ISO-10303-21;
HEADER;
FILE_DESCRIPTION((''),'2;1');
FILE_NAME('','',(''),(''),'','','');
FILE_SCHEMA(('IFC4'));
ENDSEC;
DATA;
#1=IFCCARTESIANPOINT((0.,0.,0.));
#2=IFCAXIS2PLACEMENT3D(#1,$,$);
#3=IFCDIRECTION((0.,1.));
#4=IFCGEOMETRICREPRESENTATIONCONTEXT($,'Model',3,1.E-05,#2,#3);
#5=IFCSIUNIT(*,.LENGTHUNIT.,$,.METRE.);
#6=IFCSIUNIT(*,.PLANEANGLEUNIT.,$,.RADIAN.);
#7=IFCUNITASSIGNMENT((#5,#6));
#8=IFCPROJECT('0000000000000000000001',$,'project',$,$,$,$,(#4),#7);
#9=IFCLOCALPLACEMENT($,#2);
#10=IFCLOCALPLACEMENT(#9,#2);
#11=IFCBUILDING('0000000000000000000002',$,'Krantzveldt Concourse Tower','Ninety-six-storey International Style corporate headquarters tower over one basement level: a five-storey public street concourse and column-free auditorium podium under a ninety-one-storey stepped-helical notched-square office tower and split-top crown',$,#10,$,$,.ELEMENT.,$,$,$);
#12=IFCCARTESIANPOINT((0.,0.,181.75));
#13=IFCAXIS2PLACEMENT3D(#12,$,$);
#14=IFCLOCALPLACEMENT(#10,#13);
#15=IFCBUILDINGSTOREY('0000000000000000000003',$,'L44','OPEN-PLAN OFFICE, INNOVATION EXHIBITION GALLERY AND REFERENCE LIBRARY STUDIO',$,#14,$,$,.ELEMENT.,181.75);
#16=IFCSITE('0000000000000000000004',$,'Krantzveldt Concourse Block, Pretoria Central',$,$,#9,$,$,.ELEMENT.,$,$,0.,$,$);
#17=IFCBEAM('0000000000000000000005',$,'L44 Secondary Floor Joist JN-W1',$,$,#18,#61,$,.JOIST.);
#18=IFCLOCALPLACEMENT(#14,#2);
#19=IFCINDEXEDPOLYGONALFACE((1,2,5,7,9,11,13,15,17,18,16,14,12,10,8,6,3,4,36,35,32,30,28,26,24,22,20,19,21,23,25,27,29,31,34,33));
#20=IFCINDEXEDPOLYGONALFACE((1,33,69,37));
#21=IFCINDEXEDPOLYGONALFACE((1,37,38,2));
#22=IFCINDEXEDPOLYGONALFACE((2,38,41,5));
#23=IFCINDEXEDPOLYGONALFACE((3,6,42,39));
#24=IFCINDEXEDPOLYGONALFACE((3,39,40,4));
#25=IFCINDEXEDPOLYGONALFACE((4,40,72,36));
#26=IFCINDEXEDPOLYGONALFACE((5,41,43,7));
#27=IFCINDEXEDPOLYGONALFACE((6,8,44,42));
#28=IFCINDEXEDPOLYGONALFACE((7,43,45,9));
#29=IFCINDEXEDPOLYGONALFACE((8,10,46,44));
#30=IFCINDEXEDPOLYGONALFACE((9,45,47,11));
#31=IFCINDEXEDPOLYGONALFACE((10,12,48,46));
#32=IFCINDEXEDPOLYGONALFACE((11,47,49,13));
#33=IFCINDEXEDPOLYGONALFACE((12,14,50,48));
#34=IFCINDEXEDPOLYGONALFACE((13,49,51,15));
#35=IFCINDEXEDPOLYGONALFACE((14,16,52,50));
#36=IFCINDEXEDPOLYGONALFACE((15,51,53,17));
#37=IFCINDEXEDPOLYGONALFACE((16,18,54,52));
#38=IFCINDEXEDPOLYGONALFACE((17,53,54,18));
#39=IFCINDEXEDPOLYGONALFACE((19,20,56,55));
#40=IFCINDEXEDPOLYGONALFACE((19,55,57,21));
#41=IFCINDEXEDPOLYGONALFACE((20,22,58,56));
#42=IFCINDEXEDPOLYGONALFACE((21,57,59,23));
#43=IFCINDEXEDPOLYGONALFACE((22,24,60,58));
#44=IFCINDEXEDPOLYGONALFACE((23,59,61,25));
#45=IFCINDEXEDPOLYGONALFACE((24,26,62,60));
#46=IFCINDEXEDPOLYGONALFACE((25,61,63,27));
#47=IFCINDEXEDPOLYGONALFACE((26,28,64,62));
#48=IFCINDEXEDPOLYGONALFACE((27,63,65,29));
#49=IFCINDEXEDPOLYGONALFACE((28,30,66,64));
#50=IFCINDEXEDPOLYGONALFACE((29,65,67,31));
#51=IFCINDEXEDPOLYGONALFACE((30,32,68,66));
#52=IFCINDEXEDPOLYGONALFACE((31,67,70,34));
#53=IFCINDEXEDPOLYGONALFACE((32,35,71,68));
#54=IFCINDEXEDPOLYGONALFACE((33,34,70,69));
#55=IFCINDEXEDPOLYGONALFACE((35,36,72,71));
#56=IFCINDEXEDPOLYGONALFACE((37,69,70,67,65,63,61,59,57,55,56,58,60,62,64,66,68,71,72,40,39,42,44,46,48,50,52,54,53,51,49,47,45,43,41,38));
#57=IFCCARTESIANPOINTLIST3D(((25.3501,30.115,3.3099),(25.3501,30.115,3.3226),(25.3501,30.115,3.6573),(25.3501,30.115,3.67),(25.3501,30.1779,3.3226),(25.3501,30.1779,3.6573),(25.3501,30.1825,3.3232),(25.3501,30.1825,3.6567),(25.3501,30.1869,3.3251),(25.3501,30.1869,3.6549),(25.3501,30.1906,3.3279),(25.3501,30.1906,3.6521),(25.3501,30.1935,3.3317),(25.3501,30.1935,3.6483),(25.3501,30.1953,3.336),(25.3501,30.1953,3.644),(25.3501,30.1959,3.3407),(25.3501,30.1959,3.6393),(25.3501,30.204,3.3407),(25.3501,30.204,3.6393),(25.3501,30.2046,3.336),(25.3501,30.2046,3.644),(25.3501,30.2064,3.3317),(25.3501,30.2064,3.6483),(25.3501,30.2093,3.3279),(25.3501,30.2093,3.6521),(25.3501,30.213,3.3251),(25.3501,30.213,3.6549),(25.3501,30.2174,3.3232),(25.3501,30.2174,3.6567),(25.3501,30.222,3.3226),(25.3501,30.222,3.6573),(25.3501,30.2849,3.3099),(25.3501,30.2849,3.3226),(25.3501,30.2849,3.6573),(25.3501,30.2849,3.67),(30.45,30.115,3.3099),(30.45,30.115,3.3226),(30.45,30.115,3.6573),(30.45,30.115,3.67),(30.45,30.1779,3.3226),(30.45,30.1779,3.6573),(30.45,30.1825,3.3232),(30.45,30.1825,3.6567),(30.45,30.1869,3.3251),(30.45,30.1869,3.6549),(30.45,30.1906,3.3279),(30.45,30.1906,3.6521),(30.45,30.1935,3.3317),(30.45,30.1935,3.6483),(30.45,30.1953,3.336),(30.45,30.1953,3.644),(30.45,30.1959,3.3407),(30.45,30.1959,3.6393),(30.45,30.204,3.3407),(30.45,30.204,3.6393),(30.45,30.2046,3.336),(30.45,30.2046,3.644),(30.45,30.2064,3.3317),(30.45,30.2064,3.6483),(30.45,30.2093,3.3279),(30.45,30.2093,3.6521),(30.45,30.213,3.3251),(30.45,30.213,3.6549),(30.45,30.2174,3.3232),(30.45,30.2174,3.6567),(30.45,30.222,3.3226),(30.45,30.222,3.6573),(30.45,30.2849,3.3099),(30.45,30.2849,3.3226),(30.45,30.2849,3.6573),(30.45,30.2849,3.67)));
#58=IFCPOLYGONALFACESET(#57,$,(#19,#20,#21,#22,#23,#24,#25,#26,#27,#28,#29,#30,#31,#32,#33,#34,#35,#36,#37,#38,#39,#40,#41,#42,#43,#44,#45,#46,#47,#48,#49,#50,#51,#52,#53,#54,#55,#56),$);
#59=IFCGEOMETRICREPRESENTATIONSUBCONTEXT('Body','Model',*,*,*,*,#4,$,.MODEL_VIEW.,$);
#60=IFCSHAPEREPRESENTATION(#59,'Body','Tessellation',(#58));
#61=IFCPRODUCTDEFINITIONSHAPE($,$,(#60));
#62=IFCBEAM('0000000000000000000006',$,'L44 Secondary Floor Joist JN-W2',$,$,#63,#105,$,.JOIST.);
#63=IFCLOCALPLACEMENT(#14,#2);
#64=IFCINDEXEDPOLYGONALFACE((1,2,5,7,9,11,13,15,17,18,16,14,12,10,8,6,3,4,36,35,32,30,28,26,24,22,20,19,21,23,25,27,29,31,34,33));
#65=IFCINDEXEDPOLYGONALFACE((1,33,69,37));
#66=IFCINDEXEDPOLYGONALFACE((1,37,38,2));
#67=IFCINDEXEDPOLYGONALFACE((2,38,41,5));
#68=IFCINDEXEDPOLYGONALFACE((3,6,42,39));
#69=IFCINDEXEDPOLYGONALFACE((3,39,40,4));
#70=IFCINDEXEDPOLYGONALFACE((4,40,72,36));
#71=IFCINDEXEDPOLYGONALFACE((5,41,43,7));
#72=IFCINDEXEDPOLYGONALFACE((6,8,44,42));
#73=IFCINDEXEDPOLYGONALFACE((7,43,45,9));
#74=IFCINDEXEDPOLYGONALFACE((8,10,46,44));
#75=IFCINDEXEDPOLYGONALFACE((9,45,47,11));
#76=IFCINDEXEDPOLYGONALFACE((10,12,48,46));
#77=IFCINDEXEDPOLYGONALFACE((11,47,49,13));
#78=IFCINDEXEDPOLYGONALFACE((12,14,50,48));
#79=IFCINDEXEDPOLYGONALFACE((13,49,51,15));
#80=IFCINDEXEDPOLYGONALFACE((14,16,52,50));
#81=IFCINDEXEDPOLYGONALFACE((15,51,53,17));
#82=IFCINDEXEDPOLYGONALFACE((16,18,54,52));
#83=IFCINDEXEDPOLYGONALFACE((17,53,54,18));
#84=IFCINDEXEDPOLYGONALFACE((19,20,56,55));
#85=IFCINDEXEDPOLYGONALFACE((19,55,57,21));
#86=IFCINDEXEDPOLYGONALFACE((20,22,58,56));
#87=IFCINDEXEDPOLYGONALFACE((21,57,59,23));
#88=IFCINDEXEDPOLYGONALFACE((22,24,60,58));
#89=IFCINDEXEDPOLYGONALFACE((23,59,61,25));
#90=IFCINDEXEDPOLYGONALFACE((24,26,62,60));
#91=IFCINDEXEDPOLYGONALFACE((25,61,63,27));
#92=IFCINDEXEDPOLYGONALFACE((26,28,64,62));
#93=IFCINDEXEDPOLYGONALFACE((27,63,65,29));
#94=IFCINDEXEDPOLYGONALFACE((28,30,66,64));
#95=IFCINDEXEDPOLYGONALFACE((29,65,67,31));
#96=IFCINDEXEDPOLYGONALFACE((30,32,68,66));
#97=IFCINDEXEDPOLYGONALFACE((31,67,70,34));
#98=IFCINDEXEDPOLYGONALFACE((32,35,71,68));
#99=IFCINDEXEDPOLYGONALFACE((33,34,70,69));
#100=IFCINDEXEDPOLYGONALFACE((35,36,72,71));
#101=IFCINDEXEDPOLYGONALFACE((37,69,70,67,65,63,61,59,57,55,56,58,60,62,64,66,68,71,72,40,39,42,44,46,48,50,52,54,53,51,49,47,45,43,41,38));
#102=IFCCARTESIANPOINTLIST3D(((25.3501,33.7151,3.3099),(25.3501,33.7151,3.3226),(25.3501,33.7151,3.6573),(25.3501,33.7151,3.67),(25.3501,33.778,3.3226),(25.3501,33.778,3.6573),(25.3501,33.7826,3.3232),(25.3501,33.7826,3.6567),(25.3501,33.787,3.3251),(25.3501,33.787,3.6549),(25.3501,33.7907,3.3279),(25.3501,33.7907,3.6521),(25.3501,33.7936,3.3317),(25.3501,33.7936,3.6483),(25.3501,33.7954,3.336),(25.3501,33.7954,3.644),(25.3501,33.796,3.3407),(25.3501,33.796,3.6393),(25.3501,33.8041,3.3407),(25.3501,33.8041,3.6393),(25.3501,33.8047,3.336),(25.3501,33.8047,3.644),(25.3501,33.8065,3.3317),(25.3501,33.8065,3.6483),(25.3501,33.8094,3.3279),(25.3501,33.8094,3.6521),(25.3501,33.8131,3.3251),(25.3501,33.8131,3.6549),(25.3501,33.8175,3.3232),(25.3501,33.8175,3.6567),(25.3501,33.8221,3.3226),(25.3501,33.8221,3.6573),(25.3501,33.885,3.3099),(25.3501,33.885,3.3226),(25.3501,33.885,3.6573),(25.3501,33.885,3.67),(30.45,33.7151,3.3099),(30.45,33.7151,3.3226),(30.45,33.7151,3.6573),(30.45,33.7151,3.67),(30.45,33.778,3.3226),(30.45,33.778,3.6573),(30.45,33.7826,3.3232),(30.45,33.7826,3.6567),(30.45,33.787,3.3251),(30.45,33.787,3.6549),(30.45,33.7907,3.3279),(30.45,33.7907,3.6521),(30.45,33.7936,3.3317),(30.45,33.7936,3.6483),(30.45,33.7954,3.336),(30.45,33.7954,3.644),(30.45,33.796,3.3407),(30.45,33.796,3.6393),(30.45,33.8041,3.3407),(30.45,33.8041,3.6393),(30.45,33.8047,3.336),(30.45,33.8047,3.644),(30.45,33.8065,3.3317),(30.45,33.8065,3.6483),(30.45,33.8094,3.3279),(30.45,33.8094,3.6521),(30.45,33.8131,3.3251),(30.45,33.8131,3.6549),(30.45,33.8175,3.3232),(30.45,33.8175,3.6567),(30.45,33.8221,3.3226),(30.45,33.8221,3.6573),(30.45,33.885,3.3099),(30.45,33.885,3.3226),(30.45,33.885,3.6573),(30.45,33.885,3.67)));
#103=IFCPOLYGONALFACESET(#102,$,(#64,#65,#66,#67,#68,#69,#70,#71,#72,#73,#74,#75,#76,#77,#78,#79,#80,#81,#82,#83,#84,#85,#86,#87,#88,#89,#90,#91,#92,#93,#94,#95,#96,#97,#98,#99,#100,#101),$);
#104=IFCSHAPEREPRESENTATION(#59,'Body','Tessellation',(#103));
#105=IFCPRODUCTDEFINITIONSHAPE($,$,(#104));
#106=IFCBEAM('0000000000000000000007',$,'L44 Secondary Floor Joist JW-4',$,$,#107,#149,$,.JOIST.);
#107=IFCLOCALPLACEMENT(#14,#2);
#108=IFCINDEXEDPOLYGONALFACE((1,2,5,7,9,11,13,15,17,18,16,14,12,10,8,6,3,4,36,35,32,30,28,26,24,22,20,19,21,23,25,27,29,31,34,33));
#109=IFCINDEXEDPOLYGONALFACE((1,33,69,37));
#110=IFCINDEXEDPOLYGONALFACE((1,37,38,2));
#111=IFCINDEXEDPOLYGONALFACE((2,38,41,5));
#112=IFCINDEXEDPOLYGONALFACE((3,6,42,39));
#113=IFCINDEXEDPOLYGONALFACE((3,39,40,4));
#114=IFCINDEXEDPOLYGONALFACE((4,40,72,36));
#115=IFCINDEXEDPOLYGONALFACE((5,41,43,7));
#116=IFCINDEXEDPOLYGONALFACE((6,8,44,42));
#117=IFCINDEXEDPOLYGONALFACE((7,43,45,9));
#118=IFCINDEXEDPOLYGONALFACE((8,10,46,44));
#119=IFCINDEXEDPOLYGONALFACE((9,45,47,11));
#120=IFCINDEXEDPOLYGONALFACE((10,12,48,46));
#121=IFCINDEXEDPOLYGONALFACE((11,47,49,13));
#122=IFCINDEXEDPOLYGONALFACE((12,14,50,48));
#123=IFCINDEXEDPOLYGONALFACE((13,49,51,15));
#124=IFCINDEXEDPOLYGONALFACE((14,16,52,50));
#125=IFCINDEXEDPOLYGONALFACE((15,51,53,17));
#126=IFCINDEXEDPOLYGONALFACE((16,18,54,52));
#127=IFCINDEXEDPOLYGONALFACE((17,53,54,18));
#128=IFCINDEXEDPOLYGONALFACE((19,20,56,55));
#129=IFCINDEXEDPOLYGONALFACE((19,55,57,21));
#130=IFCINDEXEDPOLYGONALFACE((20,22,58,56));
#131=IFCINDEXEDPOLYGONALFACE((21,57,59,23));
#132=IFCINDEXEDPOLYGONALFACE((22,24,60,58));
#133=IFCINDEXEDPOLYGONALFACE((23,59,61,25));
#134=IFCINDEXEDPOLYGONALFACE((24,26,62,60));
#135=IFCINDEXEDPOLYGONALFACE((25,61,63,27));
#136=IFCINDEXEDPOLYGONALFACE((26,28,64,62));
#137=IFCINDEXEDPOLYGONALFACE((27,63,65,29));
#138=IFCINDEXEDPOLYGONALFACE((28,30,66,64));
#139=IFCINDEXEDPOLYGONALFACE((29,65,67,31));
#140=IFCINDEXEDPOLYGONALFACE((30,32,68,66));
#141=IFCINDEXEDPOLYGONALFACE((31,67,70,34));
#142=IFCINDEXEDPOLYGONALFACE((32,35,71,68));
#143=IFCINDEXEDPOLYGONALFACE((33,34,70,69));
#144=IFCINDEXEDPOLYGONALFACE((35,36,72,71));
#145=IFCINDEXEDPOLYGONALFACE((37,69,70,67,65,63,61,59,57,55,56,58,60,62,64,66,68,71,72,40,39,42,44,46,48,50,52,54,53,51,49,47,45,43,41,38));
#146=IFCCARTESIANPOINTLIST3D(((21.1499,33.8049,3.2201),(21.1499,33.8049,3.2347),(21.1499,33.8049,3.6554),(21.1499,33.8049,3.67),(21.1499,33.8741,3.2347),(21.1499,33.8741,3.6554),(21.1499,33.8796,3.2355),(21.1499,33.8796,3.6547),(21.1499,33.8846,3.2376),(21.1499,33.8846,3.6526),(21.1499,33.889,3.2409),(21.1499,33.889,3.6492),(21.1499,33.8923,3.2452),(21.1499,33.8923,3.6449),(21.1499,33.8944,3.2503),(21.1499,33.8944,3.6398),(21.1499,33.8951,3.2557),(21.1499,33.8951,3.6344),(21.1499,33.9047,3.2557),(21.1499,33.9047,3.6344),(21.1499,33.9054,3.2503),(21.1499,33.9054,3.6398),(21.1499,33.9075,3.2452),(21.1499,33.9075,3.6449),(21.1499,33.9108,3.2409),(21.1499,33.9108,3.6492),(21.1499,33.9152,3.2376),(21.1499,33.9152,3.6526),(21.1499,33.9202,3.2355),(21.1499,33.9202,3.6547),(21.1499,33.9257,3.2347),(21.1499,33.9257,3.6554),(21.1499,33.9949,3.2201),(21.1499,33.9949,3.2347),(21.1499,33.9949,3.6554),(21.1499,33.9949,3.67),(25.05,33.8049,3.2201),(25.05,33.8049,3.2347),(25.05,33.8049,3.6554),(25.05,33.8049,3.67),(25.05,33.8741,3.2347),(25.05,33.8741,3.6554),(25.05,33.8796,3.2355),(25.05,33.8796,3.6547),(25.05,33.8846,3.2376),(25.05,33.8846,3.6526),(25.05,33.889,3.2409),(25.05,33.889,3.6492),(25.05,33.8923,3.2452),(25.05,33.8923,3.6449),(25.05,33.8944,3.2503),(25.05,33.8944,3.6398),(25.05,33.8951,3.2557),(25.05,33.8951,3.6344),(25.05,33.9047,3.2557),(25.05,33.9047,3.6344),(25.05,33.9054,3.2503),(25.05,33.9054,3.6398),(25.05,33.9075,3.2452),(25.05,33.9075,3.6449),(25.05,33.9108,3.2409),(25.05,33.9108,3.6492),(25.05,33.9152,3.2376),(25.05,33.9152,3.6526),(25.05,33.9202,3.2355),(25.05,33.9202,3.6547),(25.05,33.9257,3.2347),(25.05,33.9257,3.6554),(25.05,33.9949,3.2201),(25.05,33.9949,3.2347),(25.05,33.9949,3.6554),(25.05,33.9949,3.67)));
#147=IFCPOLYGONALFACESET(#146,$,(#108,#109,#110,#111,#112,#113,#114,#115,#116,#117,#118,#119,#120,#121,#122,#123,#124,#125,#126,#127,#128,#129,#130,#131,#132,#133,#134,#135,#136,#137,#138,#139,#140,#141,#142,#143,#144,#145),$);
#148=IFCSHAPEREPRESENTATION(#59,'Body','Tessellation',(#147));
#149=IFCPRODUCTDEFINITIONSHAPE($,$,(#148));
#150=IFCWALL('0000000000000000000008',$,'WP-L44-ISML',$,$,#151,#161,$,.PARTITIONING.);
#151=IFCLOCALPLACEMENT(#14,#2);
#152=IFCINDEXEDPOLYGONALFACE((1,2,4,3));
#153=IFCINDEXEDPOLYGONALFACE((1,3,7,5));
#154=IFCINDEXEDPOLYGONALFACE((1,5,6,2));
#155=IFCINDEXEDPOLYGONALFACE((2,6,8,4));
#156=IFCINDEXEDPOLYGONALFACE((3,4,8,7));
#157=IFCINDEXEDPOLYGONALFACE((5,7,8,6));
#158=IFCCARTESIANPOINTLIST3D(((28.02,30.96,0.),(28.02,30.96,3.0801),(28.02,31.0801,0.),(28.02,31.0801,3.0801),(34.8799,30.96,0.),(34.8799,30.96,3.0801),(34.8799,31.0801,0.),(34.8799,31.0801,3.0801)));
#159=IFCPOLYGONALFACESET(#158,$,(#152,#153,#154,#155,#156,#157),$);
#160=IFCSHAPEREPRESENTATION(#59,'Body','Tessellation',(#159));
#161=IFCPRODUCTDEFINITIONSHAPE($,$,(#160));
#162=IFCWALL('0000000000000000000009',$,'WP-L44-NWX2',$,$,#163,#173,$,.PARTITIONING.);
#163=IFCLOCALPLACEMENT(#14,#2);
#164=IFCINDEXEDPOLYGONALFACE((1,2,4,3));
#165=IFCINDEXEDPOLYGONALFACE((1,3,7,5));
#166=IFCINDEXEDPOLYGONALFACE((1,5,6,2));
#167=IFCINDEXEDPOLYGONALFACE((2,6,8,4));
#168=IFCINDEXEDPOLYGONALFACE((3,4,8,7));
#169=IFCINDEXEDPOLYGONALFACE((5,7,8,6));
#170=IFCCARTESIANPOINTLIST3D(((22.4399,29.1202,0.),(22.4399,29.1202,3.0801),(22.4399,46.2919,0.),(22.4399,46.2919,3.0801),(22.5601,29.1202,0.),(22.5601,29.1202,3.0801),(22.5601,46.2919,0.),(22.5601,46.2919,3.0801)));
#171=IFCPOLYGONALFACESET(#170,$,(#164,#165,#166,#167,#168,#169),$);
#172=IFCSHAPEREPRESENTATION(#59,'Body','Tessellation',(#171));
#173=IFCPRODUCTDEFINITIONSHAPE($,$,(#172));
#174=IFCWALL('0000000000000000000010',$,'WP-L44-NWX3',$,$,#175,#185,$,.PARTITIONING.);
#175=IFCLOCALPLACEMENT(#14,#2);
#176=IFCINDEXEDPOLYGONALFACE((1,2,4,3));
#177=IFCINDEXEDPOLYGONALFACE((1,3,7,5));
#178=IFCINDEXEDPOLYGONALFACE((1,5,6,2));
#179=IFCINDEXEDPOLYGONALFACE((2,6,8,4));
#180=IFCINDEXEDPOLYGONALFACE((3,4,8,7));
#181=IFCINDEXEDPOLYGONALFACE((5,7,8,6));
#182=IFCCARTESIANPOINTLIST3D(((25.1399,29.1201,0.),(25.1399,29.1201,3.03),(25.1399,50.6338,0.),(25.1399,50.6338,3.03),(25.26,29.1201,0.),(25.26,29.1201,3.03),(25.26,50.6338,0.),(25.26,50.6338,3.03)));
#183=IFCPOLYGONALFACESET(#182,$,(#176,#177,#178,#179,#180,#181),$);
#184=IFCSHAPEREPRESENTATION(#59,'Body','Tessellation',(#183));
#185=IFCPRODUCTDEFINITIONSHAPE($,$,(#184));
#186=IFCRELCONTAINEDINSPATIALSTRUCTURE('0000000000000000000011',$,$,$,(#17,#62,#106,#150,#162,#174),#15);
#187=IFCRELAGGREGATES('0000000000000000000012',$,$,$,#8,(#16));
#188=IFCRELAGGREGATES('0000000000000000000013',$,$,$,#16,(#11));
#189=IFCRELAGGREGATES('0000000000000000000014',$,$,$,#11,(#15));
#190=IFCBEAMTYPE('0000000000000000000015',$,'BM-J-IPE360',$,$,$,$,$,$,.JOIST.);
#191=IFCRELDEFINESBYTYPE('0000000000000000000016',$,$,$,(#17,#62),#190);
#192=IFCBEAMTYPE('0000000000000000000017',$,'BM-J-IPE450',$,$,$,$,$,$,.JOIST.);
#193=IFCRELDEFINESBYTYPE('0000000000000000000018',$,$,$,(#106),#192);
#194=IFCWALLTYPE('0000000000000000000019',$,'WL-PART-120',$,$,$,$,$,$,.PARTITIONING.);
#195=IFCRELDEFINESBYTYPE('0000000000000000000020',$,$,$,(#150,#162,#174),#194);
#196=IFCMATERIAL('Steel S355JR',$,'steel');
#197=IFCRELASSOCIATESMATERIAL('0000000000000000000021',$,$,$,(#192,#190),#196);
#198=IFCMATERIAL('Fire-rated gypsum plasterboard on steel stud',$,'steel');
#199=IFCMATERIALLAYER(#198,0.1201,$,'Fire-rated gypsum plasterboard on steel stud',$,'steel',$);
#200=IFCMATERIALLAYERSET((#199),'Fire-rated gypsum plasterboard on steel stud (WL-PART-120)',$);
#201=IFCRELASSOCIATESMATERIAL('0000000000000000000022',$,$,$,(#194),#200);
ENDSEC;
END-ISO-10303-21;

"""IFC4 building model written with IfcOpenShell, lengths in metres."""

from ifc_helpers import new_model, si_unit, direction, frame, frame_2d, origin, origin_2d, place, context, subcontext, project, spatial, rectangle, i_section, extrude, source, transform, mapped, material, layer, layer_set, material_profile, profile_set, type_object, type_shapes, element, save


model = new_model("IFC4")

# Units and contexts
model_context = context("Model", 3, precision=1e-05, world=origin(), true_north=direction((0.0, 1.0)))
body_context = subcontext(model_context, "Body", "Model", "MODEL_VIEW")
ifc_project = project(units=[si_unit("LENGTHUNIT", "METRE"), si_unit("PLANEANGLEUNIT", "RADIAN")], contexts=[model_context])

# Site, building, storey
site_placement = place(None, origin())
site = spatial("IfcSite", under=ifc_project, at=site_placement, Name="Krantzveldt Concourse Block, Pretoria Central", CompositionType="ELEMENT", RefElevation=0.0)
building_placement = place(site_placement, origin())
building = spatial("IfcBuilding", under=site, at=building_placement, Name="Krantzveldt Concourse Tower", Description="Ninety-six-storey International Style corporate headquarters tower over one basement level: a five-storey public street concourse and column-free auditorium podium under a ninety-one-storey stepped-helical notched-square office tower and split-top crown", CompositionType="ELEMENT")
storey_placement = place(building_placement, frame((0.0, 0.0, 181.75)))
storey = spatial("IfcBuildingStorey", under=building, at=storey_placement, Name="L44", Description="OPEN-PLAN OFFICE, INNOVATION EXHIBITION GALLERY AND REFERENCE LIBRARY STUDIO", CompositionType="ELEMENT", Elevation=181.75)

# Beams
ifc_material_1 = material(Name="Steel S355JR", Category="steel")
ifc_material_profile_1 = material_profile(ifc_material_1, i_section(OverallWidth=0.1899, OverallDepth=0.45, WebThickness=0.0095, FlangeThickness=0.0146, FilletRadius=0.021, at=origin_2d()), Name="Steel S355JR", Category="steel")
ifc_profile_set_1 = profile_set([ifc_material_profile_1], Name="Steel S355JR - IPE 450")
beam_type_1 = type_object("IfcBeamType", Name="BM-J-IPE450", PredefinedType="JOIST", material=ifc_profile_set_1)
ifc_material_profile_2 = material_profile(ifc_material_1, i_section(OverallWidth=0.1699, OverallDepth=0.3601, WebThickness=0.0081, FlangeThickness=0.0127, FilletRadius=0.0181, at=origin_2d()), Name="Steel S355JR", Category="steel")
ifc_profile_set_2 = profile_set([ifc_material_profile_2], Name="Steel S355JR - IPE 360")
beam_type_2 = type_object("IfcBeamType", Name="BM-J-IPE360", PredefinedType="JOIST", material=ifc_profile_set_2)
shared_shape_1 = source(origin(), body_context, "Body", "SweptSolid", [
    extrude(i_section(OverallWidth=0.1699, OverallDepth=0.3601, WebThickness=0.0081, FlangeThickness=0.0127, FilletRadius=0.0181, at=origin_2d()), origin(), (0.0, 0.0, 1.0), 5.0999),
])
type_shapes(beam_type_2, [shared_shape_1])
for number, where, z_axis, x_axis, name in (
    (1, (25.3501, 30.2, 3.49), (1.0, 0.0, 0.0), (0.0, 1.0, 0.0), "L44 Secondary Floor Joist JN-W1"),
    (2, (25.3501, 33.8, 3.49), (1.0, 0.0, 0.0), (0.0, 1.0, 0.0), "L44 Secondary Floor Joist JN-W2"),
):
    element("IfcBeam", number, at=place(storey_placement, frame(where, z_axis=z_axis, x_axis=x_axis)), inside=storey, type_object=beam_type_2, Name=name, PredefinedType="JOIST", context=body_context, shape_type="MappedRepresentation", body=[
        mapped(shared_shape_1, transform((0.0, 0.0, 0.0), x_axis=(1.0, 0.0, 0.0), y_axis=(0.0, 1.0, 0.0), z_axis=(0.0, 0.0, 1.0), scale=1.0)),
    ])
shared_shape_2 = source(origin(), body_context, "Body", "SweptSolid", [
    extrude(i_section(OverallWidth=0.1899, OverallDepth=0.45, WebThickness=0.0095, FlangeThickness=0.0146, FilletRadius=0.021, at=origin_2d()), origin(), (0.0, 0.0, 1.0), 3.9001),
])
beam_1_placement = place(storey_placement, frame((21.1499, 33.8999, 3.4451), z_axis=(1.0, 0.0, 0.0), x_axis=(0.0, 1.0, 0.0)))
element("IfcBeam", 3, at=beam_1_placement, inside=storey, type_object=beam_type_1, Name="L44 Secondary Floor Joist JW-4", PredefinedType="JOIST", context=body_context, shape_type="MappedRepresentation", body=[
    mapped(shared_shape_2, transform((0.0, 0.0, 0.0), x_axis=(1.0, 0.0, 0.0), y_axis=(0.0, 1.0, 0.0), z_axis=(0.0, 0.0, 1.0), scale=1.0)),
])

# Walls
ifc_material_2 = material(Name="Fire-rated gypsum plasterboard on steel stud", Category="steel")
ifc_layer_1 = layer(ifc_material_2, 0.1201, Name="Fire-rated gypsum plasterboard on steel stud", Category="steel")
ifc_layer_set_1 = layer_set([ifc_layer_1], Name="Fire-rated gypsum plasterboard on steel stud (WL-PART-120)")
wall_type_1 = type_object("IfcWallType", Name="WL-PART-120", PredefinedType="PARTITIONING", material=ifc_layer_set_1)
wall_1_placement = place(storey_placement, frame((28.02, 31.02, 0.0), z_axis=(0.0, 0.0, 1.0), x_axis=(1.0, 0.0, 0.0)))
element("IfcWall", 4, at=wall_1_placement, inside=storey, type_object=wall_type_1, Name="WP-L44-ISML", PredefinedType="PARTITIONING", context=body_context, shape_type="SweptSolid", body=[
    extrude(rectangle(XDim=6.8599, YDim=0.1201, at=frame_2d((3.4299, 0.0))), origin(), (0.0, 0.0, 1.0), 3.0801),
])
wall_2_placement = place(storey_placement, frame((22.5, 29.1201, 0.0), z_axis=(0.0, 0.0, 1.0), x_axis=(0.0, 1.0, 0.0)))
element("IfcWall", 5, at=wall_2_placement, inside=storey, type_object=wall_type_1, Name="WP-L44-NWX2", PredefinedType="PARTITIONING", context=body_context, shape_type="SweptSolid", body=[
    extrude(rectangle(XDim=17.1716, YDim=0.1201, at=frame_2d((8.5859, 0.0))), origin(), (0.0, 0.0, 1.0), 3.0801),
])
wall_3_placement = place(storey_placement, frame((25.2, 29.1201, 0.0), z_axis=(0.0, 0.0, 1.0), x_axis=(0.0, 1.0, 0.0)))
element("IfcWall", 6, at=wall_3_placement, inside=storey, type_object=wall_type_1, Name="WP-L44-NWX3", PredefinedType="PARTITIONING", context=body_context, shape_type="SweptSolid", body=[
    extrude(rectangle(XDim=21.5137, YDim=0.1201, at=frame_2d((10.7568, 0.0))), origin(), (0.0, 0.0, 1.0), 3.03),
])

save(model, "model.ifc")
